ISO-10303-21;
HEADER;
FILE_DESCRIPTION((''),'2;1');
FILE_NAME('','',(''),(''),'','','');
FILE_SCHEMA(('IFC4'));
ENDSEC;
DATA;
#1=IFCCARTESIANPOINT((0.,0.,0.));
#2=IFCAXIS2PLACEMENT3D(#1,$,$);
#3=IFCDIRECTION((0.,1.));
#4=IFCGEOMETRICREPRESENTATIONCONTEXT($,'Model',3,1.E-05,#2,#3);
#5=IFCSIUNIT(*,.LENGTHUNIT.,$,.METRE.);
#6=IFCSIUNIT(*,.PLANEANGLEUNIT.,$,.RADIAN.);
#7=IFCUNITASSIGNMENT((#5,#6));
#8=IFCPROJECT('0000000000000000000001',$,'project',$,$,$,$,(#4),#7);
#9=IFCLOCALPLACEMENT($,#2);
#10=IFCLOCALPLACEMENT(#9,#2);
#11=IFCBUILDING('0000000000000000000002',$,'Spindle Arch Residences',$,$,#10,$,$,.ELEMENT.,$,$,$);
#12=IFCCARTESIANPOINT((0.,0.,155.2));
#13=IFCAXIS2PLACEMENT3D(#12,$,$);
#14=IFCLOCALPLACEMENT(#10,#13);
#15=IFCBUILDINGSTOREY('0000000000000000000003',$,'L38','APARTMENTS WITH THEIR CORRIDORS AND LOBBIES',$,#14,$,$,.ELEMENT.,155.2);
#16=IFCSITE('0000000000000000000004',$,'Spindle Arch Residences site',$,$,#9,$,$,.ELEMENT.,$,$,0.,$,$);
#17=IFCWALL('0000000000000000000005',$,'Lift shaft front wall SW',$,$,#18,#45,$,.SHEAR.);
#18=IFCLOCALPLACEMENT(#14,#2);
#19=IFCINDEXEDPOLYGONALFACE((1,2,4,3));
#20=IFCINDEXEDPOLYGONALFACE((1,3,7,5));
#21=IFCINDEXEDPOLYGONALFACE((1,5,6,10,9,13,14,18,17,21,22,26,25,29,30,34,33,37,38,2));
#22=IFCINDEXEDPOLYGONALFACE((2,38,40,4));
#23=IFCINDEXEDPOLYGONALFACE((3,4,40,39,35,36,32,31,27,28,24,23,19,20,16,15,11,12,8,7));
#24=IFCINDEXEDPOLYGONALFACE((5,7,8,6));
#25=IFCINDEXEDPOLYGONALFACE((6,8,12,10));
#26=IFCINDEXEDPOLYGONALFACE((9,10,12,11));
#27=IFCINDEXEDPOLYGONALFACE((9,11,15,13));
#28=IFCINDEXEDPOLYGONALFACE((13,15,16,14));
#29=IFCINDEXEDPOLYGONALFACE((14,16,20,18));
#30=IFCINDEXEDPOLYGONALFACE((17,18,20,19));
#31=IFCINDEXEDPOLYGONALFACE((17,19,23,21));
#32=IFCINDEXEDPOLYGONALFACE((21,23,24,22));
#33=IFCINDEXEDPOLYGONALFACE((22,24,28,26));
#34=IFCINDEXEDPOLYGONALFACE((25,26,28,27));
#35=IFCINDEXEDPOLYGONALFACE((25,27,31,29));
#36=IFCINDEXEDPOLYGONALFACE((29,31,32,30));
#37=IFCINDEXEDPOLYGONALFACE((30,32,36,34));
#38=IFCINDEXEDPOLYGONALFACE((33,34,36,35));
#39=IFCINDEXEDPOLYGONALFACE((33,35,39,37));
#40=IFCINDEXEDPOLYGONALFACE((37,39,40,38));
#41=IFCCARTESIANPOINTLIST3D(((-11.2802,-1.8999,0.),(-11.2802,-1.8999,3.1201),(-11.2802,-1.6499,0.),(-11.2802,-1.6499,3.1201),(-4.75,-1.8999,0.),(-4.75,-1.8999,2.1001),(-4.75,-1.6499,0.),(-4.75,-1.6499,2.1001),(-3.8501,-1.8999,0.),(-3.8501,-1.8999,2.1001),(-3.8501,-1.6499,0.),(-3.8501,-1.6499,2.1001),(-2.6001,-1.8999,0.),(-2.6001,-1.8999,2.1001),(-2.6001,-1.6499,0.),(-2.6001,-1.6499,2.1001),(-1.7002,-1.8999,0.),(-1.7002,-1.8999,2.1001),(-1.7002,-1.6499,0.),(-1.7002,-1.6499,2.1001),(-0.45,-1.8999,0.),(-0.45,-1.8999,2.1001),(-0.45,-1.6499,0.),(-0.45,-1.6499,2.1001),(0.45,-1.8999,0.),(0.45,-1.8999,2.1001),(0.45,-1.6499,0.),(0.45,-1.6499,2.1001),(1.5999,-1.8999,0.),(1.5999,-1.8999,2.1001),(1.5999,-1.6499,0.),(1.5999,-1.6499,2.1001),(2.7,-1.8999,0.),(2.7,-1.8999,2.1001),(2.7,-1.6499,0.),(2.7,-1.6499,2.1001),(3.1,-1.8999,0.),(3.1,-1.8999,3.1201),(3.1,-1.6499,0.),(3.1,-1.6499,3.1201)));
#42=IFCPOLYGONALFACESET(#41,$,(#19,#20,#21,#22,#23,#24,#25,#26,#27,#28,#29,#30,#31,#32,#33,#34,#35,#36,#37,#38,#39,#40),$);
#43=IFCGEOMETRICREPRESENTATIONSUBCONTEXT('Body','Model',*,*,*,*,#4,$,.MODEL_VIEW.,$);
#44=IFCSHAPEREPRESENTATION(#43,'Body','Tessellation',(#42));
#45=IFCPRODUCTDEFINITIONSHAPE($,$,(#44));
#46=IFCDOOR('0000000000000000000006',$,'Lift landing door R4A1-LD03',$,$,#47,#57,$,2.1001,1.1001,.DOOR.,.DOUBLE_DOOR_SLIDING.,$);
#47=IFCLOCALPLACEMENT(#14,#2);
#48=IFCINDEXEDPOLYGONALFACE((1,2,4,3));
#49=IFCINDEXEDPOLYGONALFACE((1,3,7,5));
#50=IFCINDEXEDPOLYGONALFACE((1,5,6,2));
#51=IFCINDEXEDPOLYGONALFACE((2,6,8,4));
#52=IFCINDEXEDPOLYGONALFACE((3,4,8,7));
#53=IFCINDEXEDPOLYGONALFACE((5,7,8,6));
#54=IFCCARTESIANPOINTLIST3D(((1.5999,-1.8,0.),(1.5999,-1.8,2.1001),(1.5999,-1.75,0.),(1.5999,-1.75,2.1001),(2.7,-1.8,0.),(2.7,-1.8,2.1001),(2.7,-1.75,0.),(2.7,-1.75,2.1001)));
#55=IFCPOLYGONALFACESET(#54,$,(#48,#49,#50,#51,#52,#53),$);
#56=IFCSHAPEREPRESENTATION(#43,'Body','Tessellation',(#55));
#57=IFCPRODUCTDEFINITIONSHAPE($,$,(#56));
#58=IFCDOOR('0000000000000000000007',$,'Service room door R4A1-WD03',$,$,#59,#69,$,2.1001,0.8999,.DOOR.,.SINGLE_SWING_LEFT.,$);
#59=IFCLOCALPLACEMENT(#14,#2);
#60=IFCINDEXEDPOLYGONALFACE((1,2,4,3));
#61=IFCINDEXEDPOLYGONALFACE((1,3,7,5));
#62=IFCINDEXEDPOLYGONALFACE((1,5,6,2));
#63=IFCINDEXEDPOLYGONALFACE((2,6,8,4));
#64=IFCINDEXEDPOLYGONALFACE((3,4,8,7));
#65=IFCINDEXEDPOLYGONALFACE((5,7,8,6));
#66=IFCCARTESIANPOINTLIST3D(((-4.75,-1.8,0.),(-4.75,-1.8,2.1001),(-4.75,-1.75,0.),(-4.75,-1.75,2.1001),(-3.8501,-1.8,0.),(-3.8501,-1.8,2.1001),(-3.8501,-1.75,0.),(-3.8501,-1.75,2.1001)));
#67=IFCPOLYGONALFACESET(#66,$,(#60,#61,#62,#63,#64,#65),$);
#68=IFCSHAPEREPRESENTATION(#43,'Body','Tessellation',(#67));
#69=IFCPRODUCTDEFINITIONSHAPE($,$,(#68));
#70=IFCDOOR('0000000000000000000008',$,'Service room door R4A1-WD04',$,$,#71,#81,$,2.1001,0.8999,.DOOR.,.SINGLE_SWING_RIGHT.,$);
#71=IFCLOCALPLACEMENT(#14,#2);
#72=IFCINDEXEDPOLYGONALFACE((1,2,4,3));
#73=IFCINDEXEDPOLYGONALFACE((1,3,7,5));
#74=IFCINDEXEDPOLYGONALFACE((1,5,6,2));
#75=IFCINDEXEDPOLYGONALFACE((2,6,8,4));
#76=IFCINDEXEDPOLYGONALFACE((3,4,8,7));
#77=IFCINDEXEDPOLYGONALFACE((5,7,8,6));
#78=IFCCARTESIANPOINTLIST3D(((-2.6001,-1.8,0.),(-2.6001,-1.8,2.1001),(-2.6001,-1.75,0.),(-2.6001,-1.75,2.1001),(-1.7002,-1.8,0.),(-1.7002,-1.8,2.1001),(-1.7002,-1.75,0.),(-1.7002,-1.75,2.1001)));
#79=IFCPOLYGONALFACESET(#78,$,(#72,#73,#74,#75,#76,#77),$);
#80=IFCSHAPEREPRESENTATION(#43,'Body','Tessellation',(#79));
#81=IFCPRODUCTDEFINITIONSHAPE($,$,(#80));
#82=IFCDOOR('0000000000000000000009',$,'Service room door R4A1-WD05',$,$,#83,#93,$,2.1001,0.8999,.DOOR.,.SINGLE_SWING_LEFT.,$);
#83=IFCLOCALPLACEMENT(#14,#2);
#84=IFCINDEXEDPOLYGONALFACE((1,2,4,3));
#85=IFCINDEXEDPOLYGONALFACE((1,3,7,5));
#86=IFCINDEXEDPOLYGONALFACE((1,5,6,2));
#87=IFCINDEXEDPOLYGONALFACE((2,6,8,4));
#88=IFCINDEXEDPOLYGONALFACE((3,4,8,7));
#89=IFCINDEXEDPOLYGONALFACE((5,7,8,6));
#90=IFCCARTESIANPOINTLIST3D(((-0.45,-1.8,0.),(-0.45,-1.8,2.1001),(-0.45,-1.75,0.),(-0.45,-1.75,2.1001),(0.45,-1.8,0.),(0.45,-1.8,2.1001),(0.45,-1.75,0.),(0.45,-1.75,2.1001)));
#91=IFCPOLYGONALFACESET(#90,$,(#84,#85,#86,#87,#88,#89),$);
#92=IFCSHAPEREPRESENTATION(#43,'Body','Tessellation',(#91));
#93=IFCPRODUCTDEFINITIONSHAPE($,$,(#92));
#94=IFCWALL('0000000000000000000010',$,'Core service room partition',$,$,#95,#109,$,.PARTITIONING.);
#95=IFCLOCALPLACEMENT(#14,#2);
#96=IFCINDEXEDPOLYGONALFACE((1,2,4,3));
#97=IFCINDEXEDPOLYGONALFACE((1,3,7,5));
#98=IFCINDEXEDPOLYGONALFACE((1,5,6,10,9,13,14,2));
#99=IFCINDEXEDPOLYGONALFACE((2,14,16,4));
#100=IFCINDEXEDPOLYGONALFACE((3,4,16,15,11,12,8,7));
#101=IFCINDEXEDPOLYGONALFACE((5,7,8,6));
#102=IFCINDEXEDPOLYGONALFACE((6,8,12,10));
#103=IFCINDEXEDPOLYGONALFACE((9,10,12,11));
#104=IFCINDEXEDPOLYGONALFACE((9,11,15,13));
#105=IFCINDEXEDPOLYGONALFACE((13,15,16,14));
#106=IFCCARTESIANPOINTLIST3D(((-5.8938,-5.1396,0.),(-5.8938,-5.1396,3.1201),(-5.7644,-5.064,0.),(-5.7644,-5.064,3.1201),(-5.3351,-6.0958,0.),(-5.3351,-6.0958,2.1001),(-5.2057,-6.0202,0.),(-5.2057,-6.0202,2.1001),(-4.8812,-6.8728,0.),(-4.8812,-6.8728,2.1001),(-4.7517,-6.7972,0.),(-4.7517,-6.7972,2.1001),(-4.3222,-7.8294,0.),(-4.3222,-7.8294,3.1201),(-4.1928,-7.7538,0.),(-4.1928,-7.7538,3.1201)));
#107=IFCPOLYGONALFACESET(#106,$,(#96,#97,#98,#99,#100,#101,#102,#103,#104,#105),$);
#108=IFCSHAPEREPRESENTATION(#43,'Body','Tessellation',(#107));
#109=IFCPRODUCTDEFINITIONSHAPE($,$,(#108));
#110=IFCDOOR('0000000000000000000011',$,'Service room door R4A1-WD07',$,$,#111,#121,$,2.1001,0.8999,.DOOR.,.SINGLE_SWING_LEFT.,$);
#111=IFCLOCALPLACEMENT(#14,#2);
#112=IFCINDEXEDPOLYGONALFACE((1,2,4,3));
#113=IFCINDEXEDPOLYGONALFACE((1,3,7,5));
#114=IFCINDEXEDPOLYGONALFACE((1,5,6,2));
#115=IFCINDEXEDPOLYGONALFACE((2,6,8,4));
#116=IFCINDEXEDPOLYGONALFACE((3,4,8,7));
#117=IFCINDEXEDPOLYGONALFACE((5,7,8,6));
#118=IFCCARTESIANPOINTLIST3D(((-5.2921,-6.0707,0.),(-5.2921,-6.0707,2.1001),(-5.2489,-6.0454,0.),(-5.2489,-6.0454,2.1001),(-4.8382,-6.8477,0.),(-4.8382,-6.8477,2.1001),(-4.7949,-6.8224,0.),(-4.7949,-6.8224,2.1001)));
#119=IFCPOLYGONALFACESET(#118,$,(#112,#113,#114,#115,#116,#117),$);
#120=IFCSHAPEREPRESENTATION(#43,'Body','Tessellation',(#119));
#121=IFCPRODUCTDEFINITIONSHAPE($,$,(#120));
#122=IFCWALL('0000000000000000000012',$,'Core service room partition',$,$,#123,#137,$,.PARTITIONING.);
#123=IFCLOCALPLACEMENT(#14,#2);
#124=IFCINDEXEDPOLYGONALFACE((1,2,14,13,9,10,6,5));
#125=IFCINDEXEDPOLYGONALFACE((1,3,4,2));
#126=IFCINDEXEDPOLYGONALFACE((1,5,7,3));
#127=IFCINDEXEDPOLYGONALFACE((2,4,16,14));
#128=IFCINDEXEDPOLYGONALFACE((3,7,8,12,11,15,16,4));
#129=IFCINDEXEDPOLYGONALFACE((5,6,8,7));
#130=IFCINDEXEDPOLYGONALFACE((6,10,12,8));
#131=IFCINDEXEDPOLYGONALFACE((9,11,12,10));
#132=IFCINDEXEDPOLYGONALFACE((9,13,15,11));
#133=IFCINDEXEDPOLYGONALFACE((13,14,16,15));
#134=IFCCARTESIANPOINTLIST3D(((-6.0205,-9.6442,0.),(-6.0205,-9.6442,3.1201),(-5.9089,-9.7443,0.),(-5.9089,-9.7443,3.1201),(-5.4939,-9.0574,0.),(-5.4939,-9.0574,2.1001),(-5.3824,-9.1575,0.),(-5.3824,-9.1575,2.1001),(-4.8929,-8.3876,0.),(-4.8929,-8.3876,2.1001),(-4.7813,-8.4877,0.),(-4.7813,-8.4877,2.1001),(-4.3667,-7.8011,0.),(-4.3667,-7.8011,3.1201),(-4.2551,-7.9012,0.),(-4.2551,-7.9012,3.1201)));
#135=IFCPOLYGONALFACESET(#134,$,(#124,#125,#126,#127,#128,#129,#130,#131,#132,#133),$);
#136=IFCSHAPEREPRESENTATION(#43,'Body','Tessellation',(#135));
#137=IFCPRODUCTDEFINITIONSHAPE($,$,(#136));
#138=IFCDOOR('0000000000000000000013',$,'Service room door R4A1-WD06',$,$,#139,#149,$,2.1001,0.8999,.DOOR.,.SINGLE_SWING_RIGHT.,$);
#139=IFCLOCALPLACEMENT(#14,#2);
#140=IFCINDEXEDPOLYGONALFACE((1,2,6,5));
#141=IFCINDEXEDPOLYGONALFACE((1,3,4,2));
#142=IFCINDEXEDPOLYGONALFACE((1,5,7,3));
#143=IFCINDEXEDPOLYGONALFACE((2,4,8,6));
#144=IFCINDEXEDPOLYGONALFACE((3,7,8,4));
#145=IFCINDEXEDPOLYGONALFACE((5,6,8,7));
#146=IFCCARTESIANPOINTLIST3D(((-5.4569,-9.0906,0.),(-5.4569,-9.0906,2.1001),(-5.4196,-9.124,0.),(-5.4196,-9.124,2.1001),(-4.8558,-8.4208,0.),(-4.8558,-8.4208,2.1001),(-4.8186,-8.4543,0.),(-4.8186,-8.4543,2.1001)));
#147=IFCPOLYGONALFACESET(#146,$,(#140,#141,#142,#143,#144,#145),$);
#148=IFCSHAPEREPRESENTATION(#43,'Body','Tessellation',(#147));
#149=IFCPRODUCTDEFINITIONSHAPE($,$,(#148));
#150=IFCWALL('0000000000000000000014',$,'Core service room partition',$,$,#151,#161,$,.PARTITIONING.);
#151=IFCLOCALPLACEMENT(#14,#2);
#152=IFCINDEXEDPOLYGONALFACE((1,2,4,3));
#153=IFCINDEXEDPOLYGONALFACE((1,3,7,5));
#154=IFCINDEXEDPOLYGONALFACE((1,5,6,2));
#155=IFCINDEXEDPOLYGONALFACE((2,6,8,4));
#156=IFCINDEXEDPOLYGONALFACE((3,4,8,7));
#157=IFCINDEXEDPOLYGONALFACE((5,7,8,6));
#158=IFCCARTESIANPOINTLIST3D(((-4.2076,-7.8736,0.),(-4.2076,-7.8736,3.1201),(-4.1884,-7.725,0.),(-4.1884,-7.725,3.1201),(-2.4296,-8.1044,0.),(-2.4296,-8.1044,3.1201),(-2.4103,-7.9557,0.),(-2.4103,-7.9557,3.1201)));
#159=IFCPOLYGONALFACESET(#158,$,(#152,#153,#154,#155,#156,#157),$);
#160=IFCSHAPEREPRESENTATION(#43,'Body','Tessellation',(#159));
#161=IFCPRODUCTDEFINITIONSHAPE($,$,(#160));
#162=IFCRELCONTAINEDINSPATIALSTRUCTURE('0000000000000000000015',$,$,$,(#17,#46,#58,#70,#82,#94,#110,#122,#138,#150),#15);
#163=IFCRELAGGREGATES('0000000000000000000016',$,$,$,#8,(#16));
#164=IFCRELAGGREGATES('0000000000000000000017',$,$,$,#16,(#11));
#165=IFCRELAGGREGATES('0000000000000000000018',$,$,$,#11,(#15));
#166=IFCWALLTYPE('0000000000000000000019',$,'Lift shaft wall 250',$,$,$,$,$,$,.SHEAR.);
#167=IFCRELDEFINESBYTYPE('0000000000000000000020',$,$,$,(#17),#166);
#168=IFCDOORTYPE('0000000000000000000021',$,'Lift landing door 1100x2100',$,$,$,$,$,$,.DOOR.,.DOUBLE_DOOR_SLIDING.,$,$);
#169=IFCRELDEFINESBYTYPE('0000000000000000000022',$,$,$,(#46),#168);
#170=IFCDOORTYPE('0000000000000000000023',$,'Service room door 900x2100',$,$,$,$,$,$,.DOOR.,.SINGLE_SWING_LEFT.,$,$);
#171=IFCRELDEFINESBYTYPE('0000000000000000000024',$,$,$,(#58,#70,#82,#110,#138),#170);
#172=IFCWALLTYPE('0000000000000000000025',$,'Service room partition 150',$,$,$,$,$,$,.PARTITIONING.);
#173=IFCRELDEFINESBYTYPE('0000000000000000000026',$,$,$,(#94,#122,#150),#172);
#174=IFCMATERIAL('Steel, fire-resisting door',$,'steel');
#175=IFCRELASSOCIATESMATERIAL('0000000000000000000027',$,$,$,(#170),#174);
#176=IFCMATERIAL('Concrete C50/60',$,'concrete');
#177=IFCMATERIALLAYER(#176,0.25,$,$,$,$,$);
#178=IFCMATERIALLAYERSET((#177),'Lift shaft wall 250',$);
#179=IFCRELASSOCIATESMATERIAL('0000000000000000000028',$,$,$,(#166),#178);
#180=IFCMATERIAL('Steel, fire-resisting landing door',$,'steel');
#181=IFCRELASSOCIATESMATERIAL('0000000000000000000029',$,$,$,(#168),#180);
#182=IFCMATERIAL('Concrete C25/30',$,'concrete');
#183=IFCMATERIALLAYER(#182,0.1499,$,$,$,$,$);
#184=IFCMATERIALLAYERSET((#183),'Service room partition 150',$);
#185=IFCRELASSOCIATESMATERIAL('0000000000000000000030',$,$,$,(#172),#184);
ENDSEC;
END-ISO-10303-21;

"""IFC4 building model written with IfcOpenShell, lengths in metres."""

from ifc_helpers import new_model, si_unit, direction, frame, frame_2d, origin, place, context, subcontext, project, spatial, rectangle, extrude, material, layer, layer_set, type_object, element, fill, save


model = new_model("IFC4")

# Units and contexts
model_context = context("Model", 3, precision=1e-05, world=origin(), true_north=direction((0.0, 1.0)))
body_context = subcontext(model_context, "Body", "Model", "MODEL_VIEW")
ifc_project = project(units=[si_unit("LENGTHUNIT", "METRE"), si_unit("PLANEANGLEUNIT", "RADIAN")], contexts=[model_context])

# Site, building, storey
site_placement = place(None, origin())
site = spatial("IfcSite", under=ifc_project, at=site_placement, Name="Spindle Arch Residences site", CompositionType="ELEMENT", RefElevation=0.0)
building_placement = place(site_placement, origin())
building = spatial("IfcBuilding", under=site, at=building_placement, Name="Spindle Arch Residences", CompositionType="ELEMENT")
storey_placement = place(building_placement, frame((0.0, 0.0, 155.2)))
storey = spatial("IfcBuildingStorey", under=building, at=storey_placement, Name="L38", Description="APARTMENTS WITH THEIR CORRIDORS AND LOBBIES", CompositionType="ELEMENT", Elevation=155.2)

# Shared definitions
ifc_material_1 = material(Name="Steel, fire-resisting door", Category="steel")
door_type_1 = type_object("IfcDoorType", Name="Service room door 900x2100", OperationType="SINGLE_SWING_LEFT", PredefinedType="DOOR", material=ifc_material_1)

# Wall, openings, doors
ifc_material_2 = material(Name="Concrete C50/60", Category="concrete")
ifc_layer_1 = layer(ifc_material_2, 0.25)
ifc_layer_set_1 = layer_set([ifc_layer_1], Name="Lift shaft wall 250")
wall_type_1 = type_object("IfcWallType", Name="Lift shaft wall 250", PredefinedType="SHEAR", material=ifc_layer_set_1)
wall_1_placement = place(storey_placement, frame((-11.28, -1.7749, 0.0), z_axis=(0.0, 0.0, 1.0), x_axis=(1.0, 0.0, 0.0)))
wall_1 = element("IfcWall", 1, at=wall_1_placement, inside=storey, type_object=wall_type_1, Name="Lift shaft front wall SW", PredefinedType="SHEAR", context=body_context, shape_type="SweptSolid", body=[
    extrude(rectangle(XDim=14.3801, YDim=0.25, at=frame_2d((7.1899, 0.0))), origin(), (0.0, 0.0, 1.0), 3.1201),
])
opening_1_placement = place(wall_1_placement, frame((12.8799, 0.0, 0.0)))
opening_1 = element("IfcOpeningElement", 2, at=opening_1_placement, cuts=wall_1, PredefinedType="OPENING", context=body_context, shape_type="SweptSolid", body=[
    extrude(rectangle(XDim=1.1001, YDim=2.1001, at=frame_2d((0.55, 1.05))), frame((0.0, 0.135, 0.0), z_axis=(0.0, -1.0, 0.0), x_axis=(1.0, 0.0, 0.0)), (0.0, 0.0, 1.0), 0.27),
])
opening_2_placement = place(wall_1_placement, frame((6.53, 0.0, 0.0)))
opening_2 = element("IfcOpeningElement", 3, at=opening_2_placement, cuts=wall_1, PredefinedType="OPENING", context=body_context, shape_type="SweptSolid", body=[
    extrude(rectangle(XDim=0.8999, YDim=2.1001, at=frame_2d((0.45, 1.05))), frame((0.0, 0.135, 0.0), z_axis=(0.0, -1.0, 0.0), x_axis=(1.0, 0.0, 0.0)), (0.0, 0.0, 1.0), 0.27),
])
opening_3_placement = place(wall_1_placement, frame((8.6799, 0.0, 0.0)))
opening_3 = element("IfcOpeningElement", 4, at=opening_3_placement, cuts=wall_1, PredefinedType="OPENING", context=body_context, shape_type="SweptSolid", body=[
    extrude(rectangle(XDim=0.8999, YDim=2.1001, at=frame_2d((0.45, 1.05))), frame((0.0, 0.135, 0.0), z_axis=(0.0, -1.0, 0.0), x_axis=(1.0, 0.0, 0.0)), (0.0, 0.0, 1.0), 0.27),
])
opening_4_placement = place(wall_1_placement, frame((10.8301, 0.0, 0.0)))
opening_4 = element("IfcOpeningElement", 5, at=opening_4_placement, cuts=wall_1, PredefinedType="OPENING", context=body_context, shape_type="SweptSolid", body=[
    extrude(rectangle(XDim=0.8999, YDim=2.1001, at=frame_2d((0.45, 1.05))), frame((0.0, 0.135, 0.0), z_axis=(0.0, -1.0, 0.0), x_axis=(1.0, 0.0, 0.0)), (0.0, 0.0, 1.0), 0.27),
])
ifc_material_3 = material(Name="Steel, fire-resisting landing door", Category="steel")
door_type_2 = type_object("IfcDoorType", Name="Lift landing door 1100x2100", OperationType="DOUBLE_DOOR_SLIDING", PredefinedType="DOOR", material=ifc_material_3)
door_1_placement = place(opening_1_placement, origin())
door_1 = element("IfcDoor", 6, at=door_1_placement, inside=storey, type_object=door_type_2, Name="Lift landing door R4A1-LD03", OperationType="DOUBLE_DOOR_SLIDING", OverallHeight=2.1001, OverallWidth=1.1001, PredefinedType="DOOR", context=body_context, shape_type="SweptSolid", body=[
    extrude(rectangle(XDim=1.1001, YDim=2.1001, at=frame_2d((0.55, 1.05))), frame((0.0, 0.0249, 0.0), z_axis=(0.0, -1.0, 0.0), x_axis=(1.0, 0.0, 0.0)), (0.0, 0.0, 1.0), 0.05),
])
fill(opening_1, door_1)
door_2_placement = place(opening_2_placement, origin())
door_2 = element("IfcDoor", 7, at=door_2_placement, inside=storey, type_object=door_type_1, Name="Service room door R4A1-WD03", OperationType="SINGLE_SWING_LEFT", OverallHeight=2.1001, OverallWidth=0.8999, PredefinedType="DOOR", context=body_context, shape_type="SweptSolid", body=[
    extrude(rectangle(XDim=0.8999, YDim=2.1001, at=frame_2d((0.45, 1.05))), frame((0.0, 0.0249, 0.0), z_axis=(0.0, -1.0, 0.0), x_axis=(1.0, 0.0, 0.0)), (0.0, 0.0, 1.0), 0.05),
])
fill(opening_2, door_2)
door_3_placement = place(opening_3_placement, origin())
door_3 = element("IfcDoor", 8, at=door_3_placement, inside=storey, type_object=door_type_1, Name="Service room door R4A1-WD04", OperationType="SINGLE_SWING_RIGHT", OverallHeight=2.1001, OverallWidth=0.8999, PredefinedType="DOOR", context=body_context, shape_type="SweptSolid", body=[
    extrude(rectangle(XDim=0.8999, YDim=2.1001, at=frame_2d((0.45, 1.05))), frame((0.0, 0.0249, 0.0), z_axis=(0.0, -1.0, 0.0), x_axis=(1.0, 0.0, 0.0)), (0.0, 0.0, 1.0), 0.05),
])
fill(opening_3, door_3)
door_4_placement = place(opening_4_placement, origin())
door_4 = element("IfcDoor", 9, at=door_4_placement, inside=storey, type_object=door_type_1, Name="Service room door R4A1-WD05", OperationType="SINGLE_SWING_LEFT", OverallHeight=2.1001, OverallWidth=0.8999, PredefinedType="DOOR", context=body_context, shape_type="SweptSolid", body=[
    extrude(rectangle(XDim=0.8999, YDim=2.1001, at=frame_2d((0.45, 1.05))), frame((0.0, 0.0249, 0.0), z_axis=(0.0, -1.0, 0.0), x_axis=(1.0, 0.0, 0.0)), (0.0, 0.0, 1.0), 0.05),
])
fill(opening_4, door_4)

# Walls, openings, doors
ifc_material_4 = material(Name="Concrete C25/30", Category="concrete")
ifc_layer_2 = layer(ifc_material_4, 0.1499)
ifc_layer_set_2 = layer_set([ifc_layer_2], Name="Service room partition 150")
wall_type_2 = type_object("IfcWallType", Name="Service room partition 150", PredefinedType="PARTITIONING", material=ifc_layer_set_2)
wall_2_placement = place(storey_placement, frame((-5.8291, -5.1018, 0.0), z_axis=(0.0, 0.0, 1.0), x_axis=(0.50448, -0.863423, 0.0)))
wall_2 = element("IfcWall", 10, at=wall_2_placement, inside=storey, type_object=wall_type_2, Name="Core service room partition", PredefinedType="PARTITIONING", context=body_context, shape_type="SweptSolid", body=[
    extrude(rectangle(XDim=3.1152, YDim=0.1499, at=frame_2d((1.5576, 0.0))), origin(), (0.0, 0.0, 1.0), 3.1201),
])
opening_5_placement = place(wall_2_placement, frame((1.1074, 0.0, 0.0)))
opening_5 = element("IfcOpeningElement", 11, at=opening_5_placement, cuts=wall_2, PredefinedType="OPENING", context=body_context, shape_type="SweptSolid", body=[
    extrude(rectangle(XDim=0.8999, YDim=2.1001, at=frame_2d((0.45, 1.05))), frame((0.0, 0.085, 0.0), z_axis=(0.0, -1.0, 0.0), x_axis=(1.0, 0.0, 0.0)), (0.0, 0.0, 1.0), 0.1699),
])
door_5_placement = place(opening_5_placement, origin())
door_5 = element("IfcDoor", 12, at=door_5_placement, inside=storey, type_object=door_type_1, Name="Service room door R4A1-WD07", OperationType="SINGLE_SWING_LEFT", OverallHeight=2.1001, OverallWidth=0.8999, PredefinedType="DOOR", context=body_context, shape_type="SweptSolid", body=[
    extrude(rectangle(XDim=0.8999, YDim=2.1001, at=frame_2d((0.45, 1.05))), frame((0.0, 0.0249, 0.0), z_axis=(0.0, -1.0, 0.0), x_axis=(1.0, 0.0, 0.0)), (0.0, 0.0, 1.0), 0.05),
])
fill(opening_5, door_5)
wall_3_placement = place(storey_placement, frame((-4.3108, -7.8511, 0.0), z_axis=(0.0, 0.0, 1.0), x_axis=(-0.667869, -0.744279, 0.0)))
wall_3 = element("IfcWall", 13, at=wall_3_placement, inside=storey, type_object=wall_type_2, Name="Core service room partition", PredefinedType="PARTITIONING", context=body_context, shape_type="SweptSolid", body=[
    extrude(rectangle(XDim=2.4763, YDim=0.1499, at=frame_2d((1.2383, 0.0))), origin(), (0.0, 0.0, 1.0), 3.1201),
])
opening_6_placement = place(wall_3_placement, frame((0.7881, 0.0, 0.0)))
opening_6 = element("IfcOpeningElement", 14, at=opening_6_placement, cuts=wall_3, PredefinedType="OPENING", context=body_context, shape_type="SweptSolid", body=[
    extrude(rectangle(XDim=0.8999, YDim=2.1001, at=frame_2d((0.45, 1.05))), frame((0.0, 0.085, 0.0), z_axis=(0.0, -1.0, 0.0), x_axis=(1.0, 0.0, 0.0)), (0.0, 0.0, 1.0), 0.1699),
])
door_6_placement = place(opening_6_placement, origin())
door_6 = element("IfcDoor", 15, at=door_6_placement, inside=storey, type_object=door_type_1, Name="Service room door R4A1-WD06", OperationType="SINGLE_SWING_RIGHT", OverallHeight=2.1001, OverallWidth=0.8999, PredefinedType="DOOR", context=body_context, shape_type="SweptSolid", body=[
    extrude(rectangle(XDim=0.8999, YDim=2.1001, at=frame_2d((0.45, 1.05))), frame((0.0, 0.0249, 0.0), z_axis=(0.0, -1.0, 0.0), x_axis=(1.0, 0.0, 0.0)), (0.0, 0.0, 1.0), 0.05),
])
fill(opening_6, door_6)

# Wall
wall_4_placement = place(storey_placement, frame((-4.198, -7.7993, 0.0), z_axis=(0.0, 0.0, 1.0), x_axis=(0.991687, -0.128676, 0.0)))
element("IfcWall", 16, at=wall_4_placement, inside=storey, type_object=wall_type_2, Name="Core service room partition", PredefinedType="PARTITIONING", context=body_context, shape_type="SweptSolid", body=[
    extrude(rectangle(XDim=1.793, YDim=0.1499, at=frame_2d((0.8965, 0.0))), origin(), (0.0, 0.0, 1.0), 3.1201),
])

save(model, "model.ifc")
